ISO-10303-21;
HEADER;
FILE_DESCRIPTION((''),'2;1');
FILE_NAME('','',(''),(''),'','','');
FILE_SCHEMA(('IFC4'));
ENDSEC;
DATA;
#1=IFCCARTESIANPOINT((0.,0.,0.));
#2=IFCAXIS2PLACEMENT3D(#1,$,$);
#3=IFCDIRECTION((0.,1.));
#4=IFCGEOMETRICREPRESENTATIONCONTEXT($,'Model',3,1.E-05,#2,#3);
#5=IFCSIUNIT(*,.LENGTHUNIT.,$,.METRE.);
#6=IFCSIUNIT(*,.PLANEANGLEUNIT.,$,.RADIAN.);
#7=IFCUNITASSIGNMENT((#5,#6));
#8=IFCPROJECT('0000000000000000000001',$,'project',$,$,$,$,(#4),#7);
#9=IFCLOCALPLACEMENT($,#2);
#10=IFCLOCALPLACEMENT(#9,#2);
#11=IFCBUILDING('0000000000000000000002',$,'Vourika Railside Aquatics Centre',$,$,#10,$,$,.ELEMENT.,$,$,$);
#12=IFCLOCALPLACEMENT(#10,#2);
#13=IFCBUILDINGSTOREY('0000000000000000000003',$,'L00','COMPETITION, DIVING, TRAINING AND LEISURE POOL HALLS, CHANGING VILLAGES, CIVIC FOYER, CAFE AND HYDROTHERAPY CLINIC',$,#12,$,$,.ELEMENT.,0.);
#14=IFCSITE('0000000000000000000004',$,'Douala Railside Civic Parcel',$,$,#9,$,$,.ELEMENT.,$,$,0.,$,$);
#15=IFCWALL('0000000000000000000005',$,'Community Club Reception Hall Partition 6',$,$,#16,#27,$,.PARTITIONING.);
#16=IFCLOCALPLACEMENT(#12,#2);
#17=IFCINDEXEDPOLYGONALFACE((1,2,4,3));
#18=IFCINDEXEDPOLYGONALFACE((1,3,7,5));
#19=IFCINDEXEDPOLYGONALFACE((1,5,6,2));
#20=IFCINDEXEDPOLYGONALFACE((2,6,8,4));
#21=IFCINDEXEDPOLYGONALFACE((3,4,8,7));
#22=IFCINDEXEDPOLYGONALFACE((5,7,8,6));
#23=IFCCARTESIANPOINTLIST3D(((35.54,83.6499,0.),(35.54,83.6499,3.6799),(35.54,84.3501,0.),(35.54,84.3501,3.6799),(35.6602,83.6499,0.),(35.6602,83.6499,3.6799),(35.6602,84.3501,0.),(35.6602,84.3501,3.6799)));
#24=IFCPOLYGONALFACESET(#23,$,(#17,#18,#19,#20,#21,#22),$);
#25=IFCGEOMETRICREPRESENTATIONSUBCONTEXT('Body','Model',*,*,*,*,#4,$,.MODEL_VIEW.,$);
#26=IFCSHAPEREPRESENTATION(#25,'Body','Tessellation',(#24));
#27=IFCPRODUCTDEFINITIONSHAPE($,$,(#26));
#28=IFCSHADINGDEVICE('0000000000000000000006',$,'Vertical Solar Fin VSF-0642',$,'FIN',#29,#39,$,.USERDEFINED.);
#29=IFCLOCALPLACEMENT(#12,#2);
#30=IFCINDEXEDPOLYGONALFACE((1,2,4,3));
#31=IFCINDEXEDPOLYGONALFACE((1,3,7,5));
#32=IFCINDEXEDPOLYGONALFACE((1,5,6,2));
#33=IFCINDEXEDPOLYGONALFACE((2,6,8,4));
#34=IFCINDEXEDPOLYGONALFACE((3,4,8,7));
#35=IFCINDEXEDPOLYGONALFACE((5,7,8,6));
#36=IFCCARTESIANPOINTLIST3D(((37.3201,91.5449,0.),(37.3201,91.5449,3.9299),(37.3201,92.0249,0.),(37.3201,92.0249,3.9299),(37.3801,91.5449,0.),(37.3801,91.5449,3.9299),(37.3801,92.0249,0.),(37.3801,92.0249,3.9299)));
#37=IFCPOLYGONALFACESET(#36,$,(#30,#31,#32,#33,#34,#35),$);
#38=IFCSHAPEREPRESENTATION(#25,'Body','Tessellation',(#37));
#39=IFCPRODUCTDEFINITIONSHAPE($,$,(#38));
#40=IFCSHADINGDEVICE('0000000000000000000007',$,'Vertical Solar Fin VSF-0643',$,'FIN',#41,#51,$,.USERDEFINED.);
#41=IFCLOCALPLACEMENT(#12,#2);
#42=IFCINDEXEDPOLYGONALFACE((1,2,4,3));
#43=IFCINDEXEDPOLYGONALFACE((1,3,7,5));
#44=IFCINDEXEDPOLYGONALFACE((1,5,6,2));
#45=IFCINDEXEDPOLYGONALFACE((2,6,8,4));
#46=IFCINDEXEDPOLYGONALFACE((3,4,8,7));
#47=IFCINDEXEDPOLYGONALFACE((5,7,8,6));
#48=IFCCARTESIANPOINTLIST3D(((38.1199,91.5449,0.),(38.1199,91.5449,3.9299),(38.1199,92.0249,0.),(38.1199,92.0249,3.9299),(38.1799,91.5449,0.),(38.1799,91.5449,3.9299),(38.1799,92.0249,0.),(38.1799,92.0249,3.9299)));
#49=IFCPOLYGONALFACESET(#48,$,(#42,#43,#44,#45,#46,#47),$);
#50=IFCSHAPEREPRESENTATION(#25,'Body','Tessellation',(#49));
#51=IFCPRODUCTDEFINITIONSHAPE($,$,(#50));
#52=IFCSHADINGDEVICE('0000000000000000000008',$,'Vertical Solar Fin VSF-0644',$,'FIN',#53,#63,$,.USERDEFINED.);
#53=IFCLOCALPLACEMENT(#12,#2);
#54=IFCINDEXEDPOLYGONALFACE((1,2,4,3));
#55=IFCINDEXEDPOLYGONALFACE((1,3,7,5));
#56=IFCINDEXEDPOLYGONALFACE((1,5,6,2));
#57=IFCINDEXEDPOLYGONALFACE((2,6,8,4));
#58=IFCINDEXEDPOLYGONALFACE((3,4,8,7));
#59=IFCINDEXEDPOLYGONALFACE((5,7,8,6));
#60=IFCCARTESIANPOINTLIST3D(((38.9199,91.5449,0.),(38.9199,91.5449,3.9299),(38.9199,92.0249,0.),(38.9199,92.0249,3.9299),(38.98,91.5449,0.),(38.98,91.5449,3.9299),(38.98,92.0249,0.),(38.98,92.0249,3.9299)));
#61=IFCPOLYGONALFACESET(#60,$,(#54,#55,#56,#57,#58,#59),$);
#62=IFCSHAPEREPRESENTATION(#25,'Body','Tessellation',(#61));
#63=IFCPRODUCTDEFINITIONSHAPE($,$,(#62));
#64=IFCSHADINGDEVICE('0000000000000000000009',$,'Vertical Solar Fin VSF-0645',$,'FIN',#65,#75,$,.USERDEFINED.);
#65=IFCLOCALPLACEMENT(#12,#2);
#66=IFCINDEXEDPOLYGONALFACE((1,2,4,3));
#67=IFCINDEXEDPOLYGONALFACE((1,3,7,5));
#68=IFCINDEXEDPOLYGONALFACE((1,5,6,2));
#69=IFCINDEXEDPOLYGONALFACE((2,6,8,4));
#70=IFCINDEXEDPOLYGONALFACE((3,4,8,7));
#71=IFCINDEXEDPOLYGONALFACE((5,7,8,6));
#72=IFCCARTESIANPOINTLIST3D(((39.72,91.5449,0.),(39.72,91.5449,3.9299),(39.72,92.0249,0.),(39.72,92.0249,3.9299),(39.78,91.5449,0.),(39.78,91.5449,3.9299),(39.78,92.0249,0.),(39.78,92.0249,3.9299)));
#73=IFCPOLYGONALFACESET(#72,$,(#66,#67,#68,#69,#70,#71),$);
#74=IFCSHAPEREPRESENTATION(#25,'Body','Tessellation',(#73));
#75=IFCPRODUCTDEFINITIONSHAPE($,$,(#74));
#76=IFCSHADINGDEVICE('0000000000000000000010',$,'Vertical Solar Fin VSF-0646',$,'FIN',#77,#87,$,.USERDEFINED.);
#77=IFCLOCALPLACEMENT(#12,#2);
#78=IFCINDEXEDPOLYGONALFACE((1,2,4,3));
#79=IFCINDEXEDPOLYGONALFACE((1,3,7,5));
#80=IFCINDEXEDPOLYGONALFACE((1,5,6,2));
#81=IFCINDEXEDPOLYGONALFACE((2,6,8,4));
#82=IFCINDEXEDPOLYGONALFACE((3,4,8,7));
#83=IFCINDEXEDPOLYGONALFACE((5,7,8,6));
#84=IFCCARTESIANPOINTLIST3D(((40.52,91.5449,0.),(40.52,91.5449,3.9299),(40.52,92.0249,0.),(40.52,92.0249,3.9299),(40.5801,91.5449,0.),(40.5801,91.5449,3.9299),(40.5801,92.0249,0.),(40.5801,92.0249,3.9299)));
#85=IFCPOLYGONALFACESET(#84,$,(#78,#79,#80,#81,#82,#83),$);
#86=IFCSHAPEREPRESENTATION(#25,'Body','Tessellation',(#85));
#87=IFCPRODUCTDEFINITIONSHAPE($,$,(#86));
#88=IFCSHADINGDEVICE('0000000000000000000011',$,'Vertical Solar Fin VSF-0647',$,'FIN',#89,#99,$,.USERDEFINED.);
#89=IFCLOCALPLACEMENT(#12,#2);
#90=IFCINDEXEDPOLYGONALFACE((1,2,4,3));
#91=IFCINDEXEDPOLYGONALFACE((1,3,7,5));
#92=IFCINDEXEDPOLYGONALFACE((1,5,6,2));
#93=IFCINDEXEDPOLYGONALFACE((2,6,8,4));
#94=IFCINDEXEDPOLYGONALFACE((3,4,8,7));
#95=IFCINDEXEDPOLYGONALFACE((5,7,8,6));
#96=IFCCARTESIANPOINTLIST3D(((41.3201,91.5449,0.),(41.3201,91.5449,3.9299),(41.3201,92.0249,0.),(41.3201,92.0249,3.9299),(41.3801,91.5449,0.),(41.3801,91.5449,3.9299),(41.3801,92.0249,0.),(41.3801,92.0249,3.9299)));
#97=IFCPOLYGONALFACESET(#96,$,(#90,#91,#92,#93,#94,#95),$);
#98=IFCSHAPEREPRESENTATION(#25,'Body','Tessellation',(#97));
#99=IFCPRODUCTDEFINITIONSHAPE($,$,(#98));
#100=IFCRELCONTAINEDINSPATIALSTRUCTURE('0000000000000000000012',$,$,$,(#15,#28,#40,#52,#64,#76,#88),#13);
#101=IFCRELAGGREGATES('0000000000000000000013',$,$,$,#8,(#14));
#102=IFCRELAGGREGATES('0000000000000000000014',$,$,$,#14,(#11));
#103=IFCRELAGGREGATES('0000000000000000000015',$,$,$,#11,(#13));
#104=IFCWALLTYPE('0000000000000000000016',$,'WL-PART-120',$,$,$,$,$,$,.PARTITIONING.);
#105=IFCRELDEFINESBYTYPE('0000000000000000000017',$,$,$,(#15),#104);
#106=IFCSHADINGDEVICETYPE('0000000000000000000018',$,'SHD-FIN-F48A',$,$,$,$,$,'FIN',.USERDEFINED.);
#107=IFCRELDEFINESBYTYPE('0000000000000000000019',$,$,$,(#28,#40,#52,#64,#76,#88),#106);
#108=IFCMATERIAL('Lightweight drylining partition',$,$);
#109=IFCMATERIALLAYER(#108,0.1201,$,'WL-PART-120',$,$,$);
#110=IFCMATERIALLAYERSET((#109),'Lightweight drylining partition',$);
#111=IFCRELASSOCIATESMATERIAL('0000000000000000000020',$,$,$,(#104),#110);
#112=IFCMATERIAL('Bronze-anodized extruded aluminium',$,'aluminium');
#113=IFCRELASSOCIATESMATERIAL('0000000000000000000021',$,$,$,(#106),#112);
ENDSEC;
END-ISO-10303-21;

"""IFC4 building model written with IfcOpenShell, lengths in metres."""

from ifc_helpers import new_model, si_unit, direction, frame, frame_2d, origin, origin_2d, place, context, subcontext, project, spatial, rectangle, extrude, material, layer, layer_set, material_profile, profile_set, type_object, element, save


model = new_model("IFC4")

# Units and contexts
model_context = context("Model", 3, precision=1e-05, world=origin(), true_north=direction((0.0, 1.0)))
body_context = subcontext(model_context, "Body", "Model", "MODEL_VIEW")
ifc_project = project(units=[si_unit("LENGTHUNIT", "METRE"), si_unit("PLANEANGLEUNIT", "RADIAN")], contexts=[model_context])

# Site, building, storey
site_placement = place(None, origin())
site = spatial("IfcSite", under=ifc_project, at=site_placement, Name="Douala Railside Civic Parcel", CompositionType="ELEMENT", RefElevation=0.0)
building_placement = place(site_placement, origin())
building = spatial("IfcBuilding", under=site, at=building_placement, Name="Vourika Railside Aquatics Centre", CompositionType="ELEMENT")
storey_placement = place(building_placement, origin())
storey = spatial("IfcBuildingStorey", under=building, at=storey_placement, Name="L00", Description="COMPETITION, DIVING, TRAINING AND LEISURE POOL HALLS, CHANGING VILLAGES, CIVIC FOYER, CAFE AND HYDROTHERAPY CLINIC", CompositionType="ELEMENT", Elevation=0.0)

# Wall
ifc_material_1 = material(Name="Lightweight drylining partition")
ifc_layer_1 = layer(ifc_material_1, 0.1201, Name="WL-PART-120")
ifc_layer_set_1 = layer_set([ifc_layer_1], Name="Lightweight drylining partition")
wall_type_1 = type_object("IfcWallType", Name="WL-PART-120", PredefinedType="PARTITIONING", material=ifc_layer_set_1)
wall_1_placement = place(storey_placement, frame((35.6001, 84.3501, 0.0), z_axis=(0.0, 0.0, 1.0), x_axis=(0.0, -1.0, 0.0)))
element("IfcWall", 1, at=wall_1_placement, inside=storey, type_object=wall_type_1, Name="Community Club Reception Hall Partition 6", PredefinedType="PARTITIONING", context=body_context, shape_type="SweptSolid", body=[
    extrude(rectangle(XDim=0.7002, YDim=0.1201, at=frame_2d((0.3501, 0.0))), origin(), (0.0, 0.0, 1.0), 3.6799),
])

# Shading devices
ifc_material_2 = material(Name="Bronze-anodized extruded aluminium", Category="aluminium")
ifc_material_profile_1 = material_profile(ifc_material_2, rectangle(XDim=0.0601, YDim=0.48, at=origin_2d()), Name="ALU-FIN 60x480")
ifc_profile_set_1 = profile_set([ifc_material_profile_1], Name="Bronze-anodized extruded aluminium")
shading_device_type = type_object("IfcShadingDeviceType", Name="SHD-FIN-F48A", ElementType="FIN", PredefinedType="USERDEFINED", material=ifc_profile_set_1)
for number, where, z_axis, x_axis, name in (
    (2, (37.3501, 91.7849, 0.0), (0.0, 0.0, 1.0), (-1.0, 0.0, 0.0), "Vertical Solar Fin VSF-0642"),
    (3, (38.1499, 91.7849, 0.0), (0.0, 0.0, 1.0), (-1.0, 0.0, 0.0), "Vertical Solar Fin VSF-0643"),
    (4, (38.95, 91.7849, 0.0), (0.0, 0.0, 1.0), (-1.0, 0.0, 0.0), "Vertical Solar Fin VSF-0644"),
    (5, (39.75, 91.7849, 0.0), (0.0, 0.0, 1.0), (-1.0, 0.0, 0.0), "Vertical Solar Fin VSF-0645"),
    (6, (40.55, 91.7849, 0.0), (0.0, 0.0, 1.0), (-1.0, 0.0, 0.0), "Vertical Solar Fin VSF-0646"),
    (7, (41.3501, 91.7849, 0.0), (0.0, 0.0, 1.0), (-1.0, 0.0, 0.0), "Vertical Solar Fin VSF-0647"),
):
    element("IfcShadingDevice", number, at=place(storey_placement, frame(where, z_axis=z_axis, x_axis=x_axis)), inside=storey, type_object=shading_device_type, Name=name, ObjectType="FIN", PredefinedType="USERDEFINED", context=body_context, shape_type="SweptSolid", body=[
        extrude(rectangle(XDim=0.0601, YDim=0.48, at=origin_2d()), origin(), (0.0, 0.0, 1.0), 3.9299),
    ])

save(model, "model.ifc")
